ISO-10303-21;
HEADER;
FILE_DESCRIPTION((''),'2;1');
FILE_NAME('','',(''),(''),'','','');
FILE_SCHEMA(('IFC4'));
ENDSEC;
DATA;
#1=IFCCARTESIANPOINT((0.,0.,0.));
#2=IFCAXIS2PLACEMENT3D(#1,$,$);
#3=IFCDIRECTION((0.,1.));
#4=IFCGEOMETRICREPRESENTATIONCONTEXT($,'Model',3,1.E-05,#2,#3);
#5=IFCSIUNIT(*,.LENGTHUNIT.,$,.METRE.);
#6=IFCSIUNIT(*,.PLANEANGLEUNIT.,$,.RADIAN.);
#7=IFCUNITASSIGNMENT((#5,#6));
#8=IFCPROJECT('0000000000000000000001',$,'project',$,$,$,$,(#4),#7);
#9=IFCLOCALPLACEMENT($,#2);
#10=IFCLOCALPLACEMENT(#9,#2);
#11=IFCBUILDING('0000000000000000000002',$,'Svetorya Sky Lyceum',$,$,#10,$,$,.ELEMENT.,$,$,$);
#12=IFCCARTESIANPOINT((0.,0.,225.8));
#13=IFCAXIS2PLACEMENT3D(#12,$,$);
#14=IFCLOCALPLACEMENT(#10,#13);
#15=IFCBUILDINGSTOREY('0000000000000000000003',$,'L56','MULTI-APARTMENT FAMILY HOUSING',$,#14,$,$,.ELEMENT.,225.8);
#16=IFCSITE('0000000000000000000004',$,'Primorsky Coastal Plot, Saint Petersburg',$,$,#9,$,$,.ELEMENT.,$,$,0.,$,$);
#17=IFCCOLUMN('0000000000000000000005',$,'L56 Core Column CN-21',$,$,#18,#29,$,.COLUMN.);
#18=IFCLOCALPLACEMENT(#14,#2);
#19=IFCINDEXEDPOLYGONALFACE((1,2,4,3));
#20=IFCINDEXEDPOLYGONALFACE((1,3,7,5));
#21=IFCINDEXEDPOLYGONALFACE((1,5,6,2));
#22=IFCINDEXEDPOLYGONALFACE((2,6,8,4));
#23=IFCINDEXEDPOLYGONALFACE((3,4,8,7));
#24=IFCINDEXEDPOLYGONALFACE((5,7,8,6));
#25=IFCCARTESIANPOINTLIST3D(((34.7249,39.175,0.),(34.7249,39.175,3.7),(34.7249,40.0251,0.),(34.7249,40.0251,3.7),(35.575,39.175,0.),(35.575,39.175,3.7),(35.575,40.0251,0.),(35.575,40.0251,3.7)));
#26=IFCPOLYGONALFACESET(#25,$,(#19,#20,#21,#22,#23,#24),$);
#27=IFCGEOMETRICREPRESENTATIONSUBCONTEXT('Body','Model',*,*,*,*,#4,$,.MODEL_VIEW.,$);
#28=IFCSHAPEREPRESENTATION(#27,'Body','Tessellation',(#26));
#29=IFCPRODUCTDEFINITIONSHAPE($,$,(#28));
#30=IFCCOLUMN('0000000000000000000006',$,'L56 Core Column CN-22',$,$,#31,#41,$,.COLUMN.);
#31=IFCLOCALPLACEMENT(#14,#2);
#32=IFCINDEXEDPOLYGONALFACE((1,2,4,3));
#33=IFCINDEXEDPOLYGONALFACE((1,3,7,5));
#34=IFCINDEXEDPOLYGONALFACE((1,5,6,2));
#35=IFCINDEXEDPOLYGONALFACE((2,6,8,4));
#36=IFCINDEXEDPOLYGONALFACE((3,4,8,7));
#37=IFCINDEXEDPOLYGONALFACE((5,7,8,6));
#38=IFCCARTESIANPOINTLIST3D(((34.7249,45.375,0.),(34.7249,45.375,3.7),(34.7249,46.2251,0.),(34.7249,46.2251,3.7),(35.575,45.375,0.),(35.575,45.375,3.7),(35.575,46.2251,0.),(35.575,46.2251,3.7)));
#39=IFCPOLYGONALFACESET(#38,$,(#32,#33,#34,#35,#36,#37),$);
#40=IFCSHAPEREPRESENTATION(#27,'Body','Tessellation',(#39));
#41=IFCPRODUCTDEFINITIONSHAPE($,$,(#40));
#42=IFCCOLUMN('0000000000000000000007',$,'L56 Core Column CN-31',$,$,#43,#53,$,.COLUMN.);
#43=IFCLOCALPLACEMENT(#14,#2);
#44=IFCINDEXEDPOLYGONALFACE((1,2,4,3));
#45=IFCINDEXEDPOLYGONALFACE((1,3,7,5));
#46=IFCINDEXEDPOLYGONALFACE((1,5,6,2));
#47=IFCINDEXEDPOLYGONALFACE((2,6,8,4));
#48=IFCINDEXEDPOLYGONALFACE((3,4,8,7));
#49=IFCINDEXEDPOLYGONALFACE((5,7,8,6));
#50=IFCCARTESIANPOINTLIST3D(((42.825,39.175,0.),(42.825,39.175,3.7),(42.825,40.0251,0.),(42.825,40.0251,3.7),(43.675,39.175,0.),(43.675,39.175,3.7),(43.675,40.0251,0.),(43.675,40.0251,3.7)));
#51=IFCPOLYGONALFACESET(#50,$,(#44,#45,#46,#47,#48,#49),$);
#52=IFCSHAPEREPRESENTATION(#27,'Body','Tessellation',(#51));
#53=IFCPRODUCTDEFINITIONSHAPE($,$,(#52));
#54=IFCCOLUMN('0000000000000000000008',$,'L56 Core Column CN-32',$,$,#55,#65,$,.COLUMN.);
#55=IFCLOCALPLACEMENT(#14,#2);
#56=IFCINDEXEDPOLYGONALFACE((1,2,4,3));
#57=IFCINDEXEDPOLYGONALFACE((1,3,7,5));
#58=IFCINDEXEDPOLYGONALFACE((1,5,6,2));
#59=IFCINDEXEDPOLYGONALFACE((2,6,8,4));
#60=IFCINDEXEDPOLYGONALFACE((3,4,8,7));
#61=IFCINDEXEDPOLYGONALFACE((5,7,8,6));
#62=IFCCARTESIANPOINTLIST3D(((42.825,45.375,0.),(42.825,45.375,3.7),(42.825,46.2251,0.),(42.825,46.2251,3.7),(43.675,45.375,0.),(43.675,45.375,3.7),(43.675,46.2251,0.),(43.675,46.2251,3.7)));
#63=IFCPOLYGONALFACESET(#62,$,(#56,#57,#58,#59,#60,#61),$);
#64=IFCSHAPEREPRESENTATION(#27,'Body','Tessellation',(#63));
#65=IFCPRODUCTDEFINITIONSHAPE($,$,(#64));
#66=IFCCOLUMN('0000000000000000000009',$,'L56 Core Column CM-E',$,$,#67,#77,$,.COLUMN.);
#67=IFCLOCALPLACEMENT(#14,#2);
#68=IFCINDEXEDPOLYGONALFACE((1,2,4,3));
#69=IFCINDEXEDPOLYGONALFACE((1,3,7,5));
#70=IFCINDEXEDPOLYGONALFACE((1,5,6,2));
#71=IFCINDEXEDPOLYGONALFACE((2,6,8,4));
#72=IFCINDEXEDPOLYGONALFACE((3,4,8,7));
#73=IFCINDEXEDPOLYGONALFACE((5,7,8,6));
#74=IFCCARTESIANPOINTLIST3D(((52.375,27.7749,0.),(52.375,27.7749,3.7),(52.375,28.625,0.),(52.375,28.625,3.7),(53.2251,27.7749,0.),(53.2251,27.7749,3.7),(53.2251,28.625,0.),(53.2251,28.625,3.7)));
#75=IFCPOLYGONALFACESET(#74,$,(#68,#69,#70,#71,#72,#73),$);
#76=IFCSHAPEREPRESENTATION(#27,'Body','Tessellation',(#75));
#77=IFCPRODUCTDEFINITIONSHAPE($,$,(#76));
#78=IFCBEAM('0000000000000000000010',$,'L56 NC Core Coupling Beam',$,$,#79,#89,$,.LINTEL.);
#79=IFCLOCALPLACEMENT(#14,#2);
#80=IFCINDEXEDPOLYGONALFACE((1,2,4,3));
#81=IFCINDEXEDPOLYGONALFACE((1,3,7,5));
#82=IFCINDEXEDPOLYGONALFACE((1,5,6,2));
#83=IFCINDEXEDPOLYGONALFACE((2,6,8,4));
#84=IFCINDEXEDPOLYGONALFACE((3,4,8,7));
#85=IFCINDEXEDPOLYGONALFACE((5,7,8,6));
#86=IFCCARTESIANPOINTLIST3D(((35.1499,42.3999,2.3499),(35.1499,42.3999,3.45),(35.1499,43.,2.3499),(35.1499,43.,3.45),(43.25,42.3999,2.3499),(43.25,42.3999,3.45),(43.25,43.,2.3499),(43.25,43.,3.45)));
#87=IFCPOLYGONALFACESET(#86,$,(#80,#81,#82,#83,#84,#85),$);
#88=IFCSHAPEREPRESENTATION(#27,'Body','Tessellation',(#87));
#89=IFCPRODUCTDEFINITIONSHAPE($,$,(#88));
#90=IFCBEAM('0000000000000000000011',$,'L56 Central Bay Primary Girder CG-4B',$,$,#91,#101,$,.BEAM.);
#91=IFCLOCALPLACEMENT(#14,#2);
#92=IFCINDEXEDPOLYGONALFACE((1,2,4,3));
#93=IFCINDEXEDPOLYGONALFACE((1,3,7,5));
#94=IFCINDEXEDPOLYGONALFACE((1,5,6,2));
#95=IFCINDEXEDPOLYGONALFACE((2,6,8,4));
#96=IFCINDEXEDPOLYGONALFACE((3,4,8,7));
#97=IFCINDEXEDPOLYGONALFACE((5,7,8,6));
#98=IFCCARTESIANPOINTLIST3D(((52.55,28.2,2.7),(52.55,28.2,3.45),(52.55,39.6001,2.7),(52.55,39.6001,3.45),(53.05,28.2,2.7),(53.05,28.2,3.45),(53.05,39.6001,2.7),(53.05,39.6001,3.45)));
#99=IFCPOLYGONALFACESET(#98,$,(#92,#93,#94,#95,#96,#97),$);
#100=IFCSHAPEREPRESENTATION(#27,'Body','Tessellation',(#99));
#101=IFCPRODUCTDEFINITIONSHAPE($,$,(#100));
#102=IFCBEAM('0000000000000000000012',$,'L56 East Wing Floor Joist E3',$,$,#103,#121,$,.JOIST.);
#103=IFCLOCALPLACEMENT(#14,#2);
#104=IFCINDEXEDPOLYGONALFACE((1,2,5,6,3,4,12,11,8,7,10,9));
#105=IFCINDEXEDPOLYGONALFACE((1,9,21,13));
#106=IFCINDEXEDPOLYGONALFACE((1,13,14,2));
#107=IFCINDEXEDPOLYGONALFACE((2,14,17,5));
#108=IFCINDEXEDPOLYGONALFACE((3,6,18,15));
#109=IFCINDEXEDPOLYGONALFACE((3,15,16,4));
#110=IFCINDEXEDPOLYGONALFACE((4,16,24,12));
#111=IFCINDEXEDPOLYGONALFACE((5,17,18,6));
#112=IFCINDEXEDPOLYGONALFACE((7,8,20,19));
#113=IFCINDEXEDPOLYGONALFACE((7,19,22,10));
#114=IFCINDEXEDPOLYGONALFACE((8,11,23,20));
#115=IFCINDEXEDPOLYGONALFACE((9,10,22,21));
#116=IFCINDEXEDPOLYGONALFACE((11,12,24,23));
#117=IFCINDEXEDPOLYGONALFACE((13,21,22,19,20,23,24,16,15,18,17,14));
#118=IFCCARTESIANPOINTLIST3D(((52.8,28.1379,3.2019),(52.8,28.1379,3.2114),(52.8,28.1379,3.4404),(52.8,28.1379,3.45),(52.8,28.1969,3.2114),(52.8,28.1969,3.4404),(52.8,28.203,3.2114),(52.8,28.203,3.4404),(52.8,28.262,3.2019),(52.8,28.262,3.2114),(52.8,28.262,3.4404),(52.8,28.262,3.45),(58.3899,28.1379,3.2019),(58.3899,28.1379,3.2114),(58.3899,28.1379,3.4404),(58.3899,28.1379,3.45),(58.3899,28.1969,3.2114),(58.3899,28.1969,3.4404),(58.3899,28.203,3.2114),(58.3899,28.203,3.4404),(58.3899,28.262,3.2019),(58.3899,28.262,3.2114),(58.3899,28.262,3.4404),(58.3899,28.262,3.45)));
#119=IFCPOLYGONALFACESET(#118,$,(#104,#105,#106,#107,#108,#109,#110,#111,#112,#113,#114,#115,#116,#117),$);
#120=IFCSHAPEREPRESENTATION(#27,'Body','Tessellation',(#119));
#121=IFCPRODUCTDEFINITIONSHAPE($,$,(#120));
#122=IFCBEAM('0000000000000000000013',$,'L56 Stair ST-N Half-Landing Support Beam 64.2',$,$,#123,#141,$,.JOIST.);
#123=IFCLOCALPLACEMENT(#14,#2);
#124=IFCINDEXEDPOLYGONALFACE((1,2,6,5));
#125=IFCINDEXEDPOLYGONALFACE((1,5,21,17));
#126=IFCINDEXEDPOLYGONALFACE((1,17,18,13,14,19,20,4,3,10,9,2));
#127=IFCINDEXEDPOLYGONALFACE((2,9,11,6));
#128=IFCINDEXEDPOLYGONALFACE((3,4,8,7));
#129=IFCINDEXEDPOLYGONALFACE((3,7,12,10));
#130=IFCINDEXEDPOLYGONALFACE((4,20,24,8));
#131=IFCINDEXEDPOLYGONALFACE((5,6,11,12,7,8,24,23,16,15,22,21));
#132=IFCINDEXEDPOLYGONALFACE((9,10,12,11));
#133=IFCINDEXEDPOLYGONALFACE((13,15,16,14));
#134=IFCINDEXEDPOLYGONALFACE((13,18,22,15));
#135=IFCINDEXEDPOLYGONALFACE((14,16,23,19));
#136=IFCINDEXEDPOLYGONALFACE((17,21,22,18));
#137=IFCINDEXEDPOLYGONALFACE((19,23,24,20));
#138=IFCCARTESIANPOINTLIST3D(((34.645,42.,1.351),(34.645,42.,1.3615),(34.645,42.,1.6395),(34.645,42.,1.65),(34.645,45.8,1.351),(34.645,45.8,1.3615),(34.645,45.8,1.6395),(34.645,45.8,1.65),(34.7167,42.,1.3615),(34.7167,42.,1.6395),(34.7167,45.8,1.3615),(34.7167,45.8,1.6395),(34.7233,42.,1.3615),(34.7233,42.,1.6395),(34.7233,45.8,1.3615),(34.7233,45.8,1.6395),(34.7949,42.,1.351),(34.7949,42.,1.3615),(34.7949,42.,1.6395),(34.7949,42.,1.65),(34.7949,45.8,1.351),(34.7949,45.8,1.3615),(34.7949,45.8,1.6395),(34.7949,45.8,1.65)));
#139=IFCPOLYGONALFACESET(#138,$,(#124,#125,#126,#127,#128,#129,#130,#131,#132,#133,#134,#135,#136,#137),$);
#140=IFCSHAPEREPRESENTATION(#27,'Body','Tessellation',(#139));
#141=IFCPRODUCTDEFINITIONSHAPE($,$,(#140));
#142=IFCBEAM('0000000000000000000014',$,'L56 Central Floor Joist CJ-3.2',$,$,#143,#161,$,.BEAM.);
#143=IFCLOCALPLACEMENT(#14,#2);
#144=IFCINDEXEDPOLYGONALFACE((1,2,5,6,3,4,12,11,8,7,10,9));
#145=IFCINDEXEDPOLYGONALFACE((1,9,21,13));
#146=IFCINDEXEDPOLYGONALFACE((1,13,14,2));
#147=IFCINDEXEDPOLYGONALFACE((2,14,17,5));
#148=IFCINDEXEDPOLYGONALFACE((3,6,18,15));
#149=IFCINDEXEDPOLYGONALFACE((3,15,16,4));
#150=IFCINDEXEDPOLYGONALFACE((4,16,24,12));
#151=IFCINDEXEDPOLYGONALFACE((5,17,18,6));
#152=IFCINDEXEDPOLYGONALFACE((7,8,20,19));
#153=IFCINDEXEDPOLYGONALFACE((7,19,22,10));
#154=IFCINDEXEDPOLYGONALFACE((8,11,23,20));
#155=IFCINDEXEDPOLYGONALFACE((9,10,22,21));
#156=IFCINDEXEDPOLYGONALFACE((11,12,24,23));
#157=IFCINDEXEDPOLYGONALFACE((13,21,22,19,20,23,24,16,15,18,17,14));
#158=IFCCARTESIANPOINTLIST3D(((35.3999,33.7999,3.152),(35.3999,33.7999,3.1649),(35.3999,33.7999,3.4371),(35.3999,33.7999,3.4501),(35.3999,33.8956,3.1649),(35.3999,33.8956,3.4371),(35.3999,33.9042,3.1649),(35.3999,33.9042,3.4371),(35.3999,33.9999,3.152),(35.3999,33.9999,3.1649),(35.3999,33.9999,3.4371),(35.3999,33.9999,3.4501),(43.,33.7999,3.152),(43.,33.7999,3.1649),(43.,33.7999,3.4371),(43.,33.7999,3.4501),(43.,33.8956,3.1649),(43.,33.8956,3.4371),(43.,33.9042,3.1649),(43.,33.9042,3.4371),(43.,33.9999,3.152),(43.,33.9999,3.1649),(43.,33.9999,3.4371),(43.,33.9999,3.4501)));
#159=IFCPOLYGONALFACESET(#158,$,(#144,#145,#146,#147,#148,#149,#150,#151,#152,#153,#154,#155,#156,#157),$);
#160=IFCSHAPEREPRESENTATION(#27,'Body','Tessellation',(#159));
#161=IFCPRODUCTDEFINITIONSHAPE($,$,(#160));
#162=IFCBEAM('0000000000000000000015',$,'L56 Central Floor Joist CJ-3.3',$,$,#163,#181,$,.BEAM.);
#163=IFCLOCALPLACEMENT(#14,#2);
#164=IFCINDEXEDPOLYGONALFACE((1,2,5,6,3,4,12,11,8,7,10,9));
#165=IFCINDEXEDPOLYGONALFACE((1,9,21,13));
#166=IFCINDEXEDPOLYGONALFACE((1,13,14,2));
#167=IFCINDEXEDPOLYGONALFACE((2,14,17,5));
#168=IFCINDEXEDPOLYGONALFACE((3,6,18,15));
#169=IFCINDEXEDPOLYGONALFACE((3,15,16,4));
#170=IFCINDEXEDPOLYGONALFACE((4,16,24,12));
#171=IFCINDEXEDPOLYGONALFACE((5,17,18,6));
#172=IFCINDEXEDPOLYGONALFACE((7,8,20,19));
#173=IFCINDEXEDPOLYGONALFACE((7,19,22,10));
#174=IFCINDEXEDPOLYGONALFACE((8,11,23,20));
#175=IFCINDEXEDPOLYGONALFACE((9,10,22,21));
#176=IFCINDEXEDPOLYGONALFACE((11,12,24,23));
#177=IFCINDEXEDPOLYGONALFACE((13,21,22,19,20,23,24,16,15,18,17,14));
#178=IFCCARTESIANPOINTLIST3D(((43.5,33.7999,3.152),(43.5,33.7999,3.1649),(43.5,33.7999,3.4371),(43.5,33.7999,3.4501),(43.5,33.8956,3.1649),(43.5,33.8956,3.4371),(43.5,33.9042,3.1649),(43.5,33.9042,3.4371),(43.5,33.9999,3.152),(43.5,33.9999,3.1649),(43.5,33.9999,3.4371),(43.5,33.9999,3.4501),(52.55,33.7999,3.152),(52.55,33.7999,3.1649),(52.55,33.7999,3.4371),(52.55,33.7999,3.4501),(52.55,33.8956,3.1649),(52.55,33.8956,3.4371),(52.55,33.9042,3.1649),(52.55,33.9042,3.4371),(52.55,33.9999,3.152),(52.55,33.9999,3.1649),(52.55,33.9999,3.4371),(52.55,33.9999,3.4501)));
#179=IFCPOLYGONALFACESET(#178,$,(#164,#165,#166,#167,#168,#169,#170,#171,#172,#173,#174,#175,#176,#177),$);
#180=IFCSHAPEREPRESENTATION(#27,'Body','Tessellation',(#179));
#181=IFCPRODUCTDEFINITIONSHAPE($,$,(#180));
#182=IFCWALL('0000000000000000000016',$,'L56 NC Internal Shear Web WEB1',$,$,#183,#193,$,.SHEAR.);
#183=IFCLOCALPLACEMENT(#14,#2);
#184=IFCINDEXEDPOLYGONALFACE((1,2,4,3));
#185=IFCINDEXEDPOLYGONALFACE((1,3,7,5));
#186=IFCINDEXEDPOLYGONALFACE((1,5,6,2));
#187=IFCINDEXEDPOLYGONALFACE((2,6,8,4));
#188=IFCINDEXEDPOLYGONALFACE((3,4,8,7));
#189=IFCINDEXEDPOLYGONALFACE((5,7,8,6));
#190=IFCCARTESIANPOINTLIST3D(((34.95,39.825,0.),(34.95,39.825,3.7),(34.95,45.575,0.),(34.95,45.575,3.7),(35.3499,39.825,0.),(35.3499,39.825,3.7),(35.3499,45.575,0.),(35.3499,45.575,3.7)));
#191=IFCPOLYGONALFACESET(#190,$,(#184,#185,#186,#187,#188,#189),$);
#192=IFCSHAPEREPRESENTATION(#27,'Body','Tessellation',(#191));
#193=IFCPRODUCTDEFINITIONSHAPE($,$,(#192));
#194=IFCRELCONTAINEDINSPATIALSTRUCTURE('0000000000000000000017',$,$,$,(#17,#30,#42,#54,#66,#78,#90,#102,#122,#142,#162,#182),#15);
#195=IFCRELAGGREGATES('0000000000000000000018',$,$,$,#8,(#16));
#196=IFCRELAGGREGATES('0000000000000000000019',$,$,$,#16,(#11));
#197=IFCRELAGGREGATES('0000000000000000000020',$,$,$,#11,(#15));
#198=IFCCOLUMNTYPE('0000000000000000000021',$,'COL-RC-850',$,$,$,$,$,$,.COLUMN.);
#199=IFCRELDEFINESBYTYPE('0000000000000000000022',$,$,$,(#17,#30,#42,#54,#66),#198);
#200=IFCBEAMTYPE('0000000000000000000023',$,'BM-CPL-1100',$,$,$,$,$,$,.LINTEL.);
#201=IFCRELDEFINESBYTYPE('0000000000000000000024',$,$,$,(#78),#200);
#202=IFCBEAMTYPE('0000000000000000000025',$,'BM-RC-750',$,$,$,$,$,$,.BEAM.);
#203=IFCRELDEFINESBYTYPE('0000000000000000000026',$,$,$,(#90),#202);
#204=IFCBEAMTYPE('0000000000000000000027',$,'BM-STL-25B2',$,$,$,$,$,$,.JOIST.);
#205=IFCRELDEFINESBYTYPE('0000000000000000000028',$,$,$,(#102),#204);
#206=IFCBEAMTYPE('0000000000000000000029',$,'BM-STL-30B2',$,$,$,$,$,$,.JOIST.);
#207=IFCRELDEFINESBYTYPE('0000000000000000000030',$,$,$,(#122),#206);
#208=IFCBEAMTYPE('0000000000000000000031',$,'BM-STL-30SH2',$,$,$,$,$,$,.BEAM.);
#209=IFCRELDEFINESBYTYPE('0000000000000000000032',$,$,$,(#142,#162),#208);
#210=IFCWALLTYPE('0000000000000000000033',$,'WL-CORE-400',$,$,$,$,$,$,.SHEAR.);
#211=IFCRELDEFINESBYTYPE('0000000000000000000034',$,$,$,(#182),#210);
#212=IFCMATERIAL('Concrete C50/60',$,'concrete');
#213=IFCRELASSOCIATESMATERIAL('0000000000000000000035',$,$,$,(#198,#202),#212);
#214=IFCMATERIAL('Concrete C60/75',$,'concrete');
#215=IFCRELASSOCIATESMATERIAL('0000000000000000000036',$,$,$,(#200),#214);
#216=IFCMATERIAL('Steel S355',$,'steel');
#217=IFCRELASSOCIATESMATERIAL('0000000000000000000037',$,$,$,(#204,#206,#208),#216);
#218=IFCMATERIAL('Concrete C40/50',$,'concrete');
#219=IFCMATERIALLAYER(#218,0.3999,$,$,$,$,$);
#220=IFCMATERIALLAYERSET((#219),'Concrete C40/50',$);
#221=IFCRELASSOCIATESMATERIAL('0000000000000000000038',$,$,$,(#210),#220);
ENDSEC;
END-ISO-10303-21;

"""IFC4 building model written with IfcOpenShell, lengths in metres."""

from ifc_helpers import new_model, si_unit, direction, frame, frame_2d, origin, origin_2d, place, context, subcontext, project, spatial, rectangle, i_section, extrude, material, layer, layer_set, material_profile, profile_set, type_object, element, save


model = new_model("IFC4")

# Units and contexts
model_context = context("Model", 3, precision=1e-05, world=origin(), true_north=direction((0.0, 1.0)))
body_context = subcontext(model_context, "Body", "Model", "MODEL_VIEW")
ifc_project = project(units=[si_unit("LENGTHUNIT", "METRE"), si_unit("PLANEANGLEUNIT", "RADIAN")], contexts=[model_context])

# Site, building, storey
site_placement = place(None, origin())
site = spatial("IfcSite", under=ifc_project, at=site_placement, Name="Primorsky Coastal Plot, Saint Petersburg", CompositionType="ELEMENT", RefElevation=0.0)
building_placement = place(site_placement, origin())
building = spatial("IfcBuilding", under=site, at=building_placement, Name="Svetorya Sky Lyceum", CompositionType="ELEMENT")
storey_placement = place(building_placement, frame((0.0, 0.0, 225.8)))
storey = spatial("IfcBuildingStorey", under=building, at=storey_placement, Name="L56", Description="MULTI-APARTMENT FAMILY HOUSING", CompositionType="ELEMENT", Elevation=225.8)

# Columns
ifc_material_1 = material(Name="Concrete C50/60", Category="concrete")
ifc_material_profile_1 = material_profile(ifc_material_1, rectangle(XDim=0.8501, YDim=0.8501, at=origin_2d()), Name="RC COL 850x850")
ifc_profile_set_1 = profile_set([ifc_material_profile_1], Name="Concrete C50/60")
column_type = type_object("IfcColumnType", Name="COL-RC-850", PredefinedType="COLUMN", material=ifc_profile_set_1)
for number, where, z_axis, x_axis, name in (
    (1, (35.1499, 39.6001, 0.0), (0.0, 0.0, 1.0), (1.0, 0.0, 0.0), "L56 Core Column CN-21"),
    (2, (35.1499, 45.8, 0.0), (0.0, 0.0, 1.0), (1.0, 0.0, 0.0), "L56 Core Column CN-22"),
    (3, (43.25, 39.6001, 0.0), (0.0, 0.0, 1.0), (1.0, 0.0, 0.0), "L56 Core Column CN-31"),
    (4, (43.25, 45.8, 0.0), (0.0, 0.0, 1.0), (1.0, 0.0, 0.0), "L56 Core Column CN-32"),
    (5, (52.8, 28.2, 0.0), (0.0, 0.0, 1.0), (1.0, 0.0, 0.0), "L56 Core Column CM-E"),
):
    element("IfcColumn", number, at=place(storey_placement, frame(where, z_axis=z_axis, x_axis=x_axis)), inside=storey, type_object=column_type, Name=name, PredefinedType="COLUMN", context=body_context, shape_type="SweptSolid", body=[
        extrude(rectangle(XDim=0.8501, YDim=0.8501, at=origin_2d()), origin(), (0.0, 0.0, 1.0), 3.7),
    ])

# Beams
ifc_material_2 = material(Name="Concrete C60/75", Category="concrete")
ifc_material_profile_2 = material_profile(ifc_material_2, rectangle(XDim=0.6001, YDim=1.1001, at=origin_2d()), Name="RC COUPLING 600x1100")
ifc_profile_set_2 = profile_set([ifc_material_profile_2], Name="Concrete C60/75")
beam_type_1 = type_object("IfcBeamType", Name="BM-CPL-1100", PredefinedType="LINTEL", material=ifc_profile_set_2)
beam_1_placement = place(storey_placement, frame((35.1499, 42.7, 2.8999), z_axis=(1.0, 0.0, 0.0), x_axis=(0.0, 1.0, 0.0)))
element("IfcBeam", 6, at=beam_1_placement, inside=storey, type_object=beam_type_1, Name="L56 NC Core Coupling Beam", PredefinedType="LINTEL", context=body_context, shape_type="SweptSolid", body=[
    extrude(rectangle(XDim=0.6001, YDim=1.1001, at=origin_2d()), origin(), (0.0, 0.0, 1.0), 8.1001),
])
ifc_material_profile_3 = material_profile(ifc_material_1, rectangle(XDim=0.5, YDim=0.75, at=origin_2d()), Name="RC BEAM 500x750")
ifc_profile_set_3 = profile_set([ifc_material_profile_3], Name="Concrete C50/60")
beam_type_2 = type_object("IfcBeamType", Name="BM-RC-750", PredefinedType="BEAM", material=ifc_profile_set_3)
beam_2_placement = place(storey_placement, frame((52.8, 28.2, 3.075), z_axis=(0.0, 1.0, 0.0), x_axis=(-1.0, 0.0, 0.0)))
element("IfcBeam", 7, at=beam_2_placement, inside=storey, type_object=beam_type_2, Name="L56 Central Bay Primary Girder CG-4B", PredefinedType="BEAM", context=body_context, shape_type="SweptSolid", body=[
    extrude(rectangle(XDim=0.5, YDim=0.75, at=origin_2d()), origin(), (0.0, 0.0, 1.0), 11.4001),
])
ifc_material_3 = material(Name="Steel S355", Category="steel")
ifc_material_profile_4 = material_profile(ifc_material_3, i_section(OverallWidth=0.124, OverallDepth=0.248, WebThickness=0.0061, FlangeThickness=0.0095, at=origin_2d()), Name="GOST 25B2")
ifc_profile_set_4 = profile_set([ifc_material_profile_4], Name="Steel S355")
beam_type_3 = type_object("IfcBeamType", Name="BM-STL-25B2", PredefinedType="JOIST", material=ifc_profile_set_4)
beam_3_placement = place(storey_placement, frame((52.8, 28.2, 3.3259), z_axis=(1.0, 0.0, 0.0), x_axis=(0.0, 1.0, 0.0)))
element("IfcBeam", 8, at=beam_3_placement, inside=storey, type_object=beam_type_3, Name="L56 East Wing Floor Joist E3", PredefinedType="JOIST", context=body_context, shape_type="SweptSolid", body=[
    extrude(i_section(OverallWidth=0.124, OverallDepth=0.248, WebThickness=0.0061, FlangeThickness=0.0095, at=origin_2d()), origin(), (0.0, 0.0, 1.0), 5.5898),
])
ifc_material_profile_5 = material_profile(ifc_material_3, i_section(OverallWidth=0.1499, OverallDepth=0.2991, WebThickness=0.0066, FlangeThickness=0.0105, at=origin_2d()), Name="GOST 30B2")
ifc_profile_set_5 = profile_set([ifc_material_profile_5], Name="Steel S355")
beam_type_4 = type_object("IfcBeamType", Name="BM-STL-30B2", PredefinedType="JOIST", material=ifc_profile_set_5)
beam_4_placement = place(storey_placement, frame((34.72, 42.0, 1.5005), z_axis=(0.0, 1.0, 0.0), x_axis=(-1.0, 0.0, 0.0)))
element("IfcBeam", 9, at=beam_4_placement, inside=storey, type_object=beam_type_4, Name="L56 Stair ST-N Half-Landing Support Beam 64.2", PredefinedType="JOIST", context=body_context, shape_type="SweptSolid", body=[
    extrude(i_section(OverallWidth=0.1499, OverallDepth=0.2991, WebThickness=0.0066, FlangeThickness=0.0105, at=origin_2d()), origin(), (0.0, 0.0, 1.0), 3.8),
])
ifc_material_profile_6 = material_profile(ifc_material_3, i_section(OverallWidth=0.2, OverallDepth=0.2981, WebThickness=0.0085, FlangeThickness=0.0129, at=origin_2d()), Name="GOST 30Sh2")
ifc_profile_set_6 = profile_set([ifc_material_profile_6], Name="Steel S355")
beam_type_5 = type_object("IfcBeamType", Name="BM-STL-30SH2", PredefinedType="BEAM", material=ifc_profile_set_6)
beam_5_placement = place(storey_placement, frame((35.3999, 33.8999, 3.301), z_axis=(1.0, 0.0, 0.0), x_axis=(0.0, 1.0, 0.0)))
element("IfcBeam", 10, at=beam_5_placement, inside=storey, type_object=beam_type_5, Name="L56 Central Floor Joist CJ-3.2", PredefinedType="BEAM", context=body_context, shape_type="SweptSolid", body=[
    extrude(i_section(OverallWidth=0.2, OverallDepth=0.2981, WebThickness=0.0085, FlangeThickness=0.0129, at=origin_2d()), origin(), (0.0, 0.0, 1.0), 7.6001),
])
beam_6_placement = place(storey_placement, frame((43.5, 33.8999, 3.301), z_axis=(1.0, 0.0, 0.0), x_axis=(0.0, 1.0, 0.0)))
element("IfcBeam", 11, at=beam_6_placement, inside=storey, type_object=beam_type_5, Name="L56 Central Floor Joist CJ-3.3", PredefinedType="BEAM", context=body_context, shape_type="SweptSolid", body=[
    extrude(i_section(OverallWidth=0.2, OverallDepth=0.2981, WebThickness=0.0085, FlangeThickness=0.0129, at=origin_2d()), origin(), (0.0, 0.0, 1.0), 9.05),
])

# Wall
ifc_material_4 = material(Name="Concrete C40/50", Category="concrete")
ifc_layer_1 = layer(ifc_material_4, 0.3999)
ifc_layer_set_1 = layer_set([ifc_layer_1], Name="Concrete C40/50")
wall_type_1 = type_object("IfcWallType", Name="WL-CORE-400", PredefinedType="SHEAR", material=ifc_layer_set_1)
for number, where, z_axis, x_axis, name in (
    (12, (35.1499, 39.825, 0.0), (0.0, 0.0, 1.0), (0.0, 1.0, 0.0), "L56 NC Internal Shear Web WEB1"),
):
    element("IfcWall", number, at=place(storey_placement, frame(where, z_axis=z_axis, x_axis=x_axis)), inside=storey, type_object=wall_type_1, Name=name, PredefinedType="SHEAR", context=body_context, shape_type="SweptSolid", body=[
        extrude(rectangle(XDim=5.75, YDim=0.3999, at=frame_2d((2.875, 0.0))), origin(), (0.0, 0.0, 1.0), 3.7),
    ])

save(model, "model.ifc")
